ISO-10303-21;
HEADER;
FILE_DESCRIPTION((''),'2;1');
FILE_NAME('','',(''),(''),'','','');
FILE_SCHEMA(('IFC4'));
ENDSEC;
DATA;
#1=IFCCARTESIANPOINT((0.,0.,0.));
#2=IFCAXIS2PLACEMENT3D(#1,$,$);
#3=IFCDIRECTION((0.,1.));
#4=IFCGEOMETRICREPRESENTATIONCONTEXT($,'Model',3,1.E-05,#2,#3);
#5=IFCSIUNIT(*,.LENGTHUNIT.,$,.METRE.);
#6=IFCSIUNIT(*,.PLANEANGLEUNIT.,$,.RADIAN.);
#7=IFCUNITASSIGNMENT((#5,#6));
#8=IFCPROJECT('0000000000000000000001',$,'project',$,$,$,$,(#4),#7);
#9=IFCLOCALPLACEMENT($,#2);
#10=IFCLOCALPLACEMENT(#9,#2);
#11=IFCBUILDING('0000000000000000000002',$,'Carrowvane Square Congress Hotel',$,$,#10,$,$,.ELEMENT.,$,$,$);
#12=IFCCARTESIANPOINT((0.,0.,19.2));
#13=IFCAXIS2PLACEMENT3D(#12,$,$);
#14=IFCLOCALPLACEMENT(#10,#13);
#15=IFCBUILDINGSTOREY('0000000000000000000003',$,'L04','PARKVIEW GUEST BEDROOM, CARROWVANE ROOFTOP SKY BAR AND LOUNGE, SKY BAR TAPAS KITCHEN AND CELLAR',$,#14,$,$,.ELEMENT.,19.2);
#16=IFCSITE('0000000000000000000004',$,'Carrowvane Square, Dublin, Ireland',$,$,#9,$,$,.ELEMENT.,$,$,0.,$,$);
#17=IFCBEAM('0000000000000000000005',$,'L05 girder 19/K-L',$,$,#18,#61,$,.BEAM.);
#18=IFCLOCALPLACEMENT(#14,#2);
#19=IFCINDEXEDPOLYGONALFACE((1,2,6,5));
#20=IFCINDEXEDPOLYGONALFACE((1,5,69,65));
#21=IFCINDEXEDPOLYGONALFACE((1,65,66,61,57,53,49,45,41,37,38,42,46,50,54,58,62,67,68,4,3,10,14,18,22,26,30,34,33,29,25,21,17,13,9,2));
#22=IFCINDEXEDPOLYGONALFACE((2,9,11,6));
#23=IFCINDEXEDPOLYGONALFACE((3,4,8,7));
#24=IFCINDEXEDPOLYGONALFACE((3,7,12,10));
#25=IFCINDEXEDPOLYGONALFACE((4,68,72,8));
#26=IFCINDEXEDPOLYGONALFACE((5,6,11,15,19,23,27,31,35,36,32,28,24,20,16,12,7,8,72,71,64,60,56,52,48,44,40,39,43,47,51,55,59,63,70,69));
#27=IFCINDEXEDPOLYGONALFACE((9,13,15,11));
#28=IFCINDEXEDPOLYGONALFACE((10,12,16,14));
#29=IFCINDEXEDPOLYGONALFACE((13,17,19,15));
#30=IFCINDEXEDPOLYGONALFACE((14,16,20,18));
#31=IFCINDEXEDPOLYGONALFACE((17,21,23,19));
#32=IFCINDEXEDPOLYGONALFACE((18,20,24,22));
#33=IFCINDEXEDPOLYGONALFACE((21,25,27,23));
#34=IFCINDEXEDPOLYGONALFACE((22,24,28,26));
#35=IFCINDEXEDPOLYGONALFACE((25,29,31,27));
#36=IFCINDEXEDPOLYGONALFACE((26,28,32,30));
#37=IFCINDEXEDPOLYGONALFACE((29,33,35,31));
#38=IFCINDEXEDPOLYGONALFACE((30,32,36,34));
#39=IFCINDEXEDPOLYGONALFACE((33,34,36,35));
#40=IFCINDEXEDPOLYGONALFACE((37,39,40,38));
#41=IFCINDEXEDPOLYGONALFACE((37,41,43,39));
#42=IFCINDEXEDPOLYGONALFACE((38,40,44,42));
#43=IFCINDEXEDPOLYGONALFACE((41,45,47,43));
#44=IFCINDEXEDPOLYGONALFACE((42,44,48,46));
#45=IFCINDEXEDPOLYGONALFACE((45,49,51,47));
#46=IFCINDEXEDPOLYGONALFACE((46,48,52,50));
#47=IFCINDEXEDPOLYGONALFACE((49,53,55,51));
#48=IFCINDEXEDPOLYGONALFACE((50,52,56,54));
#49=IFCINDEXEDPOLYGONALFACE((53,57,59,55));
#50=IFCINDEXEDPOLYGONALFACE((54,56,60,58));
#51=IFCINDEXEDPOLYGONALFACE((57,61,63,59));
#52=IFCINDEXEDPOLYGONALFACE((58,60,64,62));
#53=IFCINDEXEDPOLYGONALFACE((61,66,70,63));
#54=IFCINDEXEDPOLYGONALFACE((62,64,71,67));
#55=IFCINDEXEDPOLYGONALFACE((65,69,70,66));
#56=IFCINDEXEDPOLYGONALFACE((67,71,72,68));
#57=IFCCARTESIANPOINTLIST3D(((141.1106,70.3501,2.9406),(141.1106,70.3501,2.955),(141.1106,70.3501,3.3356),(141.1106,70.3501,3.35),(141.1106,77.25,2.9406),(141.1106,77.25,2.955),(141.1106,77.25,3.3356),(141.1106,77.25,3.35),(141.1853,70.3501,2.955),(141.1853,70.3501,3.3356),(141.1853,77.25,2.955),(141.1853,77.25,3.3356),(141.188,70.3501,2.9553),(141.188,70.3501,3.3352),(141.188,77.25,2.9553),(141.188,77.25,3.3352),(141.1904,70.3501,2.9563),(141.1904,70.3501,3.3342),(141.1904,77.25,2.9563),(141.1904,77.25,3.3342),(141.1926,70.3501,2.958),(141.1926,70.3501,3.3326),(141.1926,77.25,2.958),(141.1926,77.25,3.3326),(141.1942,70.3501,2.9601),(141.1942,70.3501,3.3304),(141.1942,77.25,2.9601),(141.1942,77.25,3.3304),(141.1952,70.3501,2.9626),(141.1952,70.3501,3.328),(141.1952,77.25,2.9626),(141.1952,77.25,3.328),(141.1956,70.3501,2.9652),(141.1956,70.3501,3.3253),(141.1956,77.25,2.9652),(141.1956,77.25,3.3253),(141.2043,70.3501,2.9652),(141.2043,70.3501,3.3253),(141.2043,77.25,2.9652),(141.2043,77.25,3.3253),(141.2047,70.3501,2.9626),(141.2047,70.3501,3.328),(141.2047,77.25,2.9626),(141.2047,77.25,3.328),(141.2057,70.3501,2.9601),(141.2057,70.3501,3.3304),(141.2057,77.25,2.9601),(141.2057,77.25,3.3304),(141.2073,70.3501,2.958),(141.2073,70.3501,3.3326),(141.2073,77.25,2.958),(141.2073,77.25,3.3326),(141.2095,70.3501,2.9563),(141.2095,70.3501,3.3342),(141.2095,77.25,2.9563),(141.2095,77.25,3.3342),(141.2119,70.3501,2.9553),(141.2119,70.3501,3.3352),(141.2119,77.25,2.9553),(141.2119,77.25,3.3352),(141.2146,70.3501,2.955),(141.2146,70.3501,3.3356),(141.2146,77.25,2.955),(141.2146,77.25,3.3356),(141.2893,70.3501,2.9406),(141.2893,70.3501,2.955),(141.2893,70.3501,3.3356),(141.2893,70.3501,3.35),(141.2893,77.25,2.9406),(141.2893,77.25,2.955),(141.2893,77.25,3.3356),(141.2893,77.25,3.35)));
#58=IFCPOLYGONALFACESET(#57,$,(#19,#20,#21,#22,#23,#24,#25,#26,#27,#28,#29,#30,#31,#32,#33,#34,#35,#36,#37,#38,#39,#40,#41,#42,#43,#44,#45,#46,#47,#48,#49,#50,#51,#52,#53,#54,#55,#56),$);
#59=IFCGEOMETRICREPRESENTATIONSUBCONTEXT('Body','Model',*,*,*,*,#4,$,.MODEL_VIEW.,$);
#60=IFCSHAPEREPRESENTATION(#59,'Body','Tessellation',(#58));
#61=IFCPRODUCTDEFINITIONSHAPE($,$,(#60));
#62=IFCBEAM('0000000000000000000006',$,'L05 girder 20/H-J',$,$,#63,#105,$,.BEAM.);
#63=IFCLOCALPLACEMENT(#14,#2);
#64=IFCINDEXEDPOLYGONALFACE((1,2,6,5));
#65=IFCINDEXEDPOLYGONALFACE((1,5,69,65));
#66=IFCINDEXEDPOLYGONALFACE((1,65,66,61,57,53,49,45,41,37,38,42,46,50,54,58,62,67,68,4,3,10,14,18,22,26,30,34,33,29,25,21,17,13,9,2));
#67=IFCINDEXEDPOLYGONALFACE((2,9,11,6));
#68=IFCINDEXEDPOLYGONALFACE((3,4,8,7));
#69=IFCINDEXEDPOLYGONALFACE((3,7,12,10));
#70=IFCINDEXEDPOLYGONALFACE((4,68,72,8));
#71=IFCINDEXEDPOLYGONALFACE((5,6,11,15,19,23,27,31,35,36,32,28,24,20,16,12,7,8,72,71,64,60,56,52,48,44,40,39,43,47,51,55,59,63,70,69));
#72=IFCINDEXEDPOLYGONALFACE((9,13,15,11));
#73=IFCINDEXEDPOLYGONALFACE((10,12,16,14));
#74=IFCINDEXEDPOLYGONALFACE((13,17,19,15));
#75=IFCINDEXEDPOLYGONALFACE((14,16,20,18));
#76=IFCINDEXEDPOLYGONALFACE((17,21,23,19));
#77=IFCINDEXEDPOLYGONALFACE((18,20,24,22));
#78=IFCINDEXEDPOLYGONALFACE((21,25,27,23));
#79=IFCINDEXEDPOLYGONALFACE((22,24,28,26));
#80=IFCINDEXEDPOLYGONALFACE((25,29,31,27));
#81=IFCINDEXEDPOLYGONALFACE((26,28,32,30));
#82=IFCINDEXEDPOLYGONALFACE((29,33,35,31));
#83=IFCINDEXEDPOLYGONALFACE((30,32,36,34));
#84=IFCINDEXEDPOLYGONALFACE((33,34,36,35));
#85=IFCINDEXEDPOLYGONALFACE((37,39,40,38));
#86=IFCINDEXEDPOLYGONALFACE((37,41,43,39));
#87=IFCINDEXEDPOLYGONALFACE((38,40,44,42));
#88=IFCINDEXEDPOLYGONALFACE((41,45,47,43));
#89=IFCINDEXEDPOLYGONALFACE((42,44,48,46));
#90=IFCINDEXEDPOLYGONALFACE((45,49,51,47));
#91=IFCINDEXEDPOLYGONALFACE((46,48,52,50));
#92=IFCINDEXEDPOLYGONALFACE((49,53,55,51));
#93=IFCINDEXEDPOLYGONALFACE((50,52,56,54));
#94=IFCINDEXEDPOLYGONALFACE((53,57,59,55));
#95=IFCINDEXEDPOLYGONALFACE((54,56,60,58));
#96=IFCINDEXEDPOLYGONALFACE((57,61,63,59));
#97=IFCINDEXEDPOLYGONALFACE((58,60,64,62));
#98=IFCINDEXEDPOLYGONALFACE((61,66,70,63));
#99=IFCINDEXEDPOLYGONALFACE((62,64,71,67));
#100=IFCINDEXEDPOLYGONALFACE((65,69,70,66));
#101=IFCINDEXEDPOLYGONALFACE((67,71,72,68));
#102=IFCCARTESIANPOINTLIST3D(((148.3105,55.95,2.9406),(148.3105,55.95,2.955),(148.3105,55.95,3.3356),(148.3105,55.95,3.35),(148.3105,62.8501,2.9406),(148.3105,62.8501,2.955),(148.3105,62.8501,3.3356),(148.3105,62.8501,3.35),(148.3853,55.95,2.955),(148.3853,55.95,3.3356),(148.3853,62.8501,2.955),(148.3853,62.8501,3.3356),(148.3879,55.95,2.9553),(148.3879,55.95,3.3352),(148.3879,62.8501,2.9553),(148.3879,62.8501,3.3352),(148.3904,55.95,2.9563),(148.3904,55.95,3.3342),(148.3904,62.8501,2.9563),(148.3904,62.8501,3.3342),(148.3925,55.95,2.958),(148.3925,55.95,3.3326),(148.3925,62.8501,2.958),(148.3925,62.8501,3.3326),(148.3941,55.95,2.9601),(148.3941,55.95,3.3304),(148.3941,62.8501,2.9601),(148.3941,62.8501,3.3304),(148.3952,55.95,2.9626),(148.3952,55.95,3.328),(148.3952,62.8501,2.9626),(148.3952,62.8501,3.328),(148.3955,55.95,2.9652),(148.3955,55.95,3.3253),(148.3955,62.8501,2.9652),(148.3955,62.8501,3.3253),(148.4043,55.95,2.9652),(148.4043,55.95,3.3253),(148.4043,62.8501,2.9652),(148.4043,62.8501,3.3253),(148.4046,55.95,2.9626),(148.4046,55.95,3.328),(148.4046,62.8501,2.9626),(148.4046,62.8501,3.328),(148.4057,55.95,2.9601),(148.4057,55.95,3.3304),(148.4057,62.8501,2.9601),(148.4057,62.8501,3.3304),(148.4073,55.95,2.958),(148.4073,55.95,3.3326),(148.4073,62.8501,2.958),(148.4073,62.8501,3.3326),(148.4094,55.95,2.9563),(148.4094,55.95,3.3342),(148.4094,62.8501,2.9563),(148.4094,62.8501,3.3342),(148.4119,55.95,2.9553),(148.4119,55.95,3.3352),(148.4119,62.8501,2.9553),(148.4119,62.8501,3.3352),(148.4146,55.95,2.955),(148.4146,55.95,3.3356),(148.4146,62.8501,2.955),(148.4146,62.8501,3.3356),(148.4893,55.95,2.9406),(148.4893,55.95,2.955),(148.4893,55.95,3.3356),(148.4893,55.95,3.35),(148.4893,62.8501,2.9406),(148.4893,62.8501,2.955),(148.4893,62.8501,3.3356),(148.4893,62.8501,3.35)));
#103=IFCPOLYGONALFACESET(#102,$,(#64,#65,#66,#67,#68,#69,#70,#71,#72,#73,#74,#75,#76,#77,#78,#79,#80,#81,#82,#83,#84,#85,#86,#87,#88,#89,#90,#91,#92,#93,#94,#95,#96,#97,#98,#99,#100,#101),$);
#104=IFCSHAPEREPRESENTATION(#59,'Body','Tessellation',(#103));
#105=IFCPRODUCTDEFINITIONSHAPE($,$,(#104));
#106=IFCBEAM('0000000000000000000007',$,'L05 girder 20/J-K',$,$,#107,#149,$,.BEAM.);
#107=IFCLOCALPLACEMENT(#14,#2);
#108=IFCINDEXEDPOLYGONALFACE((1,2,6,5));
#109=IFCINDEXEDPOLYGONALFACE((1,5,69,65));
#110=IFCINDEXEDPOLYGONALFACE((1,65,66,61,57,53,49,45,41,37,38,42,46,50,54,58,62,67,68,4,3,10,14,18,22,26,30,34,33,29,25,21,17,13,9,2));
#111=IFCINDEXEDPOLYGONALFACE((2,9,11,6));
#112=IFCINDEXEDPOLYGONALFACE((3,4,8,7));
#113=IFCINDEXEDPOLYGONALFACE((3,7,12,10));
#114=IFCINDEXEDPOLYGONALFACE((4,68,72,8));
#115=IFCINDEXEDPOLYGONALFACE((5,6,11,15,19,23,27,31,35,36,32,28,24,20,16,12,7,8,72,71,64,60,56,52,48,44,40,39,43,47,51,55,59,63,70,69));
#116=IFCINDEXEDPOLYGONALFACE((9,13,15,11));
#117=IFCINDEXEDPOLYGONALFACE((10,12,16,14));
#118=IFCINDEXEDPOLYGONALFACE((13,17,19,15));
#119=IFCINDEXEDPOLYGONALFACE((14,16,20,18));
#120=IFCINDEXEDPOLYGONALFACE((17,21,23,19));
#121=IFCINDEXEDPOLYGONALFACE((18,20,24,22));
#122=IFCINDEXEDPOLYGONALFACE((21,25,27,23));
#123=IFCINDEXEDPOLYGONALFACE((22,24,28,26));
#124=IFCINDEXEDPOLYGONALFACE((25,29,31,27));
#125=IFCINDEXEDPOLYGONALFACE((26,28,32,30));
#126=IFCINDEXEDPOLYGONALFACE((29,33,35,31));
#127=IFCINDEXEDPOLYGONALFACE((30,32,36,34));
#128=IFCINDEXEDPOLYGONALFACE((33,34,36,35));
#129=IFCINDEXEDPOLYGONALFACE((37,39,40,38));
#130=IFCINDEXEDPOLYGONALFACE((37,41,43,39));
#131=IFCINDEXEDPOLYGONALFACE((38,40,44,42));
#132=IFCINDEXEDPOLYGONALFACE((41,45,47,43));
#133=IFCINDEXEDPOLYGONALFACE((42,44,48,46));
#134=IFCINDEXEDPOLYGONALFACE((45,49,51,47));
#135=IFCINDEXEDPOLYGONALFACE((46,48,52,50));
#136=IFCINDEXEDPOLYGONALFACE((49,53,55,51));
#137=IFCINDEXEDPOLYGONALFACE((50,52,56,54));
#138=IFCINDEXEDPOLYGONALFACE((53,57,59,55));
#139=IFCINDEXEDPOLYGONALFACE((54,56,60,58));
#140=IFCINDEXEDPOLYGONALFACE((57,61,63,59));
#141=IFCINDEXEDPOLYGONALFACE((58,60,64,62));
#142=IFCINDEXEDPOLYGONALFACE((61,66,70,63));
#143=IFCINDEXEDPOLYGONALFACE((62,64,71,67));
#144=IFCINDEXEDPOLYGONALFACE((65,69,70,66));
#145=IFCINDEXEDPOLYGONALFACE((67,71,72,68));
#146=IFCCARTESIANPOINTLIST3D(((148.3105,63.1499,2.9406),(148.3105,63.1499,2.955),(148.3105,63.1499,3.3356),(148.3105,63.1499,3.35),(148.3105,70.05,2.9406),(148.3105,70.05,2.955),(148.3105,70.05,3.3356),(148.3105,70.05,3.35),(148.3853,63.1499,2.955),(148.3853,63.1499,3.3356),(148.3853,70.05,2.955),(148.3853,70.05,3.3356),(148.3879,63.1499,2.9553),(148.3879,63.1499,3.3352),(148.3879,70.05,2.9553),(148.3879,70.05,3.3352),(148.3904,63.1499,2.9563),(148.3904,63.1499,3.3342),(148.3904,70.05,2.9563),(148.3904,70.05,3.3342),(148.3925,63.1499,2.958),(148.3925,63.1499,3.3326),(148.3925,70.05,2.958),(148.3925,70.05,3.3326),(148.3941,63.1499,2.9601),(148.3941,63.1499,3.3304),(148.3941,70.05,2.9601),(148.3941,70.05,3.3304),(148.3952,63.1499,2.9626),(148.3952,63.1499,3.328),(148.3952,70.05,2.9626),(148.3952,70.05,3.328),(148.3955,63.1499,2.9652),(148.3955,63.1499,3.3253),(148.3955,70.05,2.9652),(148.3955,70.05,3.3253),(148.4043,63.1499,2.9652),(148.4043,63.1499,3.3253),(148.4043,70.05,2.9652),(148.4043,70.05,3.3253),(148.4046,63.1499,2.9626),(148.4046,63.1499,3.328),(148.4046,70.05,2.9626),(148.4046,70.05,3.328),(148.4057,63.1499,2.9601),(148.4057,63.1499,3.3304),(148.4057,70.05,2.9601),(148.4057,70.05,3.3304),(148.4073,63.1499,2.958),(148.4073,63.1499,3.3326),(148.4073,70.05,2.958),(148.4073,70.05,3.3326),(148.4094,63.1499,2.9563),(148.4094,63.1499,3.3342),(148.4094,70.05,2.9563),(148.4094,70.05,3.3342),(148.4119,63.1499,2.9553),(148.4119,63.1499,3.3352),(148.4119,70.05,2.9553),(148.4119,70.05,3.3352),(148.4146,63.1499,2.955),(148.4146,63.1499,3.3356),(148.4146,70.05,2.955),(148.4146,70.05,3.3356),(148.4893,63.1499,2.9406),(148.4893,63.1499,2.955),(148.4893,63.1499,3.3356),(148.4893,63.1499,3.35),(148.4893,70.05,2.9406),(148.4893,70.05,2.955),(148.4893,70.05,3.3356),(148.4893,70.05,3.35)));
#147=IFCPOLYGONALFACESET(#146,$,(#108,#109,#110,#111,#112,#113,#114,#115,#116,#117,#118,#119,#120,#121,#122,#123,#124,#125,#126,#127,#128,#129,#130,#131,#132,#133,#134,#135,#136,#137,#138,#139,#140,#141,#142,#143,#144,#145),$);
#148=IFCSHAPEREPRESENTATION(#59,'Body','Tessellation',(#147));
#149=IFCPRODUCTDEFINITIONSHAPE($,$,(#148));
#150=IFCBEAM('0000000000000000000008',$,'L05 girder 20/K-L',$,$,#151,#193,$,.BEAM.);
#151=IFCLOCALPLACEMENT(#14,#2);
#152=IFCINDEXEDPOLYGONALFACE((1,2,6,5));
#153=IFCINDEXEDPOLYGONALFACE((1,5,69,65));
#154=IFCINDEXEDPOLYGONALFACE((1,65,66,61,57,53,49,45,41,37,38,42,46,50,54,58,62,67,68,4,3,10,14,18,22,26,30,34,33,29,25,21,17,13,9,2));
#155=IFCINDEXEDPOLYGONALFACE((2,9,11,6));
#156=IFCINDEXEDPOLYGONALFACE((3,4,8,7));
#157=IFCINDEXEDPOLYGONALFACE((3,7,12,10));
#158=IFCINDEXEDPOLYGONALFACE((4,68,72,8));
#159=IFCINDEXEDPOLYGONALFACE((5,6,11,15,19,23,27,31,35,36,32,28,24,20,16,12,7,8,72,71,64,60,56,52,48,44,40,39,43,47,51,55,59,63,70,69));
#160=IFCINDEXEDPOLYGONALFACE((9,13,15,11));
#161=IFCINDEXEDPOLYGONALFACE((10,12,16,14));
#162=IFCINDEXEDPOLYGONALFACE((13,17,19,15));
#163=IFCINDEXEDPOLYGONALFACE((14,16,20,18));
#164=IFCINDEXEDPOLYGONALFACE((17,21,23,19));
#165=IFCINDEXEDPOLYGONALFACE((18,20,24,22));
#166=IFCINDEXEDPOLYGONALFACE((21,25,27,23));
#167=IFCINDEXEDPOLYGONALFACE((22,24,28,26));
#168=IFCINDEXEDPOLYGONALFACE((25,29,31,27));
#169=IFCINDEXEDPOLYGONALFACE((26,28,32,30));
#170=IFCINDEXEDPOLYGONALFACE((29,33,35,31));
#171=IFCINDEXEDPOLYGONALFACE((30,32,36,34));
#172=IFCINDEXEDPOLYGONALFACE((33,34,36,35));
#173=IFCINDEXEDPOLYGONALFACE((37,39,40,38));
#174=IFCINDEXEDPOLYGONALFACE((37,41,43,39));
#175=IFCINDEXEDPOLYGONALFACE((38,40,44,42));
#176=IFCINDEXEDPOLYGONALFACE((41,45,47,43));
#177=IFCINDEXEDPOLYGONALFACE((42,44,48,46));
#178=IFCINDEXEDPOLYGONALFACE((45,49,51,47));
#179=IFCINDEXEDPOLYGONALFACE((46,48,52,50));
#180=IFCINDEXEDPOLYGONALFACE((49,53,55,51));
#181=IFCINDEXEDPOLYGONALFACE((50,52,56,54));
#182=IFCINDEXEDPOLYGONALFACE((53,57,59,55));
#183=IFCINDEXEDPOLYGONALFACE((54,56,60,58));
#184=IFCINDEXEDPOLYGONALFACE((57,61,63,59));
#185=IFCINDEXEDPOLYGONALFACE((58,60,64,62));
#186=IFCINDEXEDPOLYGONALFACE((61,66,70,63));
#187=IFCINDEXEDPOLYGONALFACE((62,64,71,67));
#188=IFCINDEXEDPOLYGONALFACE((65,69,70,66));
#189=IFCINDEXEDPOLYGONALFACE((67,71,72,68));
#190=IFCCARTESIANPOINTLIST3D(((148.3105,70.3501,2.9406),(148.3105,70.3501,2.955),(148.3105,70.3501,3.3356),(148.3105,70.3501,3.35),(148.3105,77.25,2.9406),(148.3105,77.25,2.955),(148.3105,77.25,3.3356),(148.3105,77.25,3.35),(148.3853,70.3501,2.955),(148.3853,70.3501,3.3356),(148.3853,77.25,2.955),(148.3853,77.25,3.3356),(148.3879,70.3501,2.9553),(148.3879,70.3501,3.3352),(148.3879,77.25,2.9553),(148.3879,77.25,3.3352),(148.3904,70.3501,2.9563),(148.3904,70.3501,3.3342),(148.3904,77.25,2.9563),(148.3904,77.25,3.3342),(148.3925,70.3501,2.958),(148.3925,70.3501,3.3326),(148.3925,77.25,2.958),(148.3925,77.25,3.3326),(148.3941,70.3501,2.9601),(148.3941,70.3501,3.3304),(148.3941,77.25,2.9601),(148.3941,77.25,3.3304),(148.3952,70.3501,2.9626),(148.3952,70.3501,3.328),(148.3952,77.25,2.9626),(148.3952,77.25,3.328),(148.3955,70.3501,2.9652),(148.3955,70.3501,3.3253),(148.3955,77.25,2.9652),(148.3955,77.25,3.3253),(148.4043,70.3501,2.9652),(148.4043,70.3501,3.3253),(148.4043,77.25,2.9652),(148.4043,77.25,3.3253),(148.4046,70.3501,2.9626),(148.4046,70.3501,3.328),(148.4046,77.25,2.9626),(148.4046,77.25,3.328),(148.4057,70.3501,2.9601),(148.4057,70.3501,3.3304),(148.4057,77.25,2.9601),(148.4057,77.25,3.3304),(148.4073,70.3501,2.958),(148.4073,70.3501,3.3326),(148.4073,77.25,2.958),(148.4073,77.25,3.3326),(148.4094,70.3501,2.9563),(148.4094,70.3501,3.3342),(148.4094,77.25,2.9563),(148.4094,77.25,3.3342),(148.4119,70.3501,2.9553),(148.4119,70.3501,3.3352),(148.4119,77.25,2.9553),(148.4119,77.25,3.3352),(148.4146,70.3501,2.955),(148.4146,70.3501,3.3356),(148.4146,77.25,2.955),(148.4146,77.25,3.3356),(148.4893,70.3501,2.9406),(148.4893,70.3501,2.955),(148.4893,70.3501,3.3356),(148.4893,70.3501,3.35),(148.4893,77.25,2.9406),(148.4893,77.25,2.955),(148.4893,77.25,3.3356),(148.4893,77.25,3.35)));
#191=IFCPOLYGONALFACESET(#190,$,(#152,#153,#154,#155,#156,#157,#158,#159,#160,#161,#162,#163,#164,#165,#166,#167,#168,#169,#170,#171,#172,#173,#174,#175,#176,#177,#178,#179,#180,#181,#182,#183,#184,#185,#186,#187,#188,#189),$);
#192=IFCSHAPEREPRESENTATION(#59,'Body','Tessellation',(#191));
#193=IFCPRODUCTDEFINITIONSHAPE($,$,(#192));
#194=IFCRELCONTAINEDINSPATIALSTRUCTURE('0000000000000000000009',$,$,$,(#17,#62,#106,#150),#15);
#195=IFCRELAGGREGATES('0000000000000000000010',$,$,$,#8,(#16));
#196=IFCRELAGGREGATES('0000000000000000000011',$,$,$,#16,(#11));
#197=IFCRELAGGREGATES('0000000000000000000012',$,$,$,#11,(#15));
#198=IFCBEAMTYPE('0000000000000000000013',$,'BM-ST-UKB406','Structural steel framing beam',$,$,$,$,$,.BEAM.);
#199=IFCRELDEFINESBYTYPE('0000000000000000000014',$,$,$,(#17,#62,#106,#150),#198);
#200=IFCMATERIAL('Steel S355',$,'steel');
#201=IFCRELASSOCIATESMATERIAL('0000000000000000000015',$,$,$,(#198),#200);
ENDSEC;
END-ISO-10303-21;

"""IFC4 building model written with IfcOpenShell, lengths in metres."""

from ifc_helpers import new_model, si_unit, direction, frame, origin, origin_2d, place, context, subcontext, project, spatial, i_section, extrude, material, material_profile, profile_set, type_object, element, save


model = new_model("IFC4")

# Units and contexts
model_context = context("Model", 3, precision=1e-05, world=origin(), true_north=direction((0.0, 1.0)))
body_context = subcontext(model_context, "Body", "Model", "MODEL_VIEW")
ifc_project = project(units=[si_unit("LENGTHUNIT", "METRE"), si_unit("PLANEANGLEUNIT", "RADIAN")], contexts=[model_context])

# Site, building, storey
site_placement = place(None, origin())
site = spatial("IfcSite", under=ifc_project, at=site_placement, Name="Carrowvane Square, Dublin, Ireland", CompositionType="ELEMENT", RefElevation=0.0)
building_placement = place(site_placement, origin())
building = spatial("IfcBuilding", under=site, at=building_placement, Name="Carrowvane Square Congress Hotel", CompositionType="ELEMENT")
storey_placement = place(building_placement, frame((0.0, 0.0, 19.2)))
storey = spatial("IfcBuildingStorey", under=building, at=storey_placement, Name="L04", Description="PARKVIEW GUEST BEDROOM, CARROWVANE ROOFTOP SKY BAR AND LOUNGE, SKY BAR TAPAS KITCHEN AND CELLAR", CompositionType="ELEMENT", Elevation=19.2)

# Beams
ifc_material_1 = material(Name="Steel S355", Category="steel")
ifc_material_profile_1 = material_profile(ifc_material_1, i_section(OverallWidth=0.1787, OverallDepth=0.4094, WebThickness=0.0088, FlangeThickness=0.0144, FilletRadius=0.0103, at=origin_2d()), Name="UKB 406x178x67")
ifc_profile_set_1 = profile_set([ifc_material_profile_1], Name="Steel S355")
beam_type_1 = type_object("IfcBeamType", Name="BM-ST-UKB406", Description="Structural steel framing beam", PredefinedType="BEAM", material=ifc_profile_set_1)
beam_1_placement = place(storey_placement, frame((141.2, 70.3501, 3.1453), z_axis=(0.0, 1.0, 0.0), x_axis=(-1.0, 0.0, 0.0)))
element("IfcBeam", 1, at=beam_1_placement, inside=storey, type_object=beam_type_1, Name="L05 girder 19/K-L", PredefinedType="BEAM", context=body_context, shape_type="SweptSolid", body=[
    extrude(i_section(OverallWidth=0.1787, OverallDepth=0.4094, WebThickness=0.0088, FlangeThickness=0.0144, FilletRadius=0.0103, at=origin_2d()), origin(), (0.0, 0.0, 1.0), 6.8999),
])
for number, where, z_axis, x_axis, name in (
    (2, (148.3999, 55.95, 3.1453), (0.0, 1.0, 0.0), (-1.0, 0.0, 0.0), "L05 girder 20/H-J"),
    (3, (148.3999, 63.1499, 3.1453), (0.0, 1.0, 0.0), (-1.0, 0.0, 0.0), "L05 girder 20/J-K"),
):
    element("IfcBeam", number, at=place(storey_placement, frame(where, z_axis=z_axis, x_axis=x_axis)), inside=storey, type_object=beam_type_1, Name=name, PredefinedType="BEAM", context=body_context, shape_type="SweptSolid", body=[
        extrude(i_section(OverallWidth=0.1787, OverallDepth=0.4094, WebThickness=0.0088, FlangeThickness=0.0144, FilletRadius=0.0103, at=origin_2d()), origin(), (0.0, 0.0, 1.0), 6.9001),
    ])
beam_2_placement = place(storey_placement, frame((148.3999, 70.3501, 3.1453), z_axis=(0.0, 1.0, 0.0), x_axis=(-1.0, 0.0, 0.0)))
element("IfcBeam", 4, at=beam_2_placement, inside=storey, type_object=beam_type_1, Name="L05 girder 20/K-L", PredefinedType="BEAM", context=body_context, shape_type="SweptSolid", body=[
    extrude(i_section(OverallWidth=0.1787, OverallDepth=0.4094, WebThickness=0.0088, FlangeThickness=0.0144, FilletRadius=0.0103, at=origin_2d()), origin(), (0.0, 0.0, 1.0), 6.8999),
])

save(model, "model.ifc")
